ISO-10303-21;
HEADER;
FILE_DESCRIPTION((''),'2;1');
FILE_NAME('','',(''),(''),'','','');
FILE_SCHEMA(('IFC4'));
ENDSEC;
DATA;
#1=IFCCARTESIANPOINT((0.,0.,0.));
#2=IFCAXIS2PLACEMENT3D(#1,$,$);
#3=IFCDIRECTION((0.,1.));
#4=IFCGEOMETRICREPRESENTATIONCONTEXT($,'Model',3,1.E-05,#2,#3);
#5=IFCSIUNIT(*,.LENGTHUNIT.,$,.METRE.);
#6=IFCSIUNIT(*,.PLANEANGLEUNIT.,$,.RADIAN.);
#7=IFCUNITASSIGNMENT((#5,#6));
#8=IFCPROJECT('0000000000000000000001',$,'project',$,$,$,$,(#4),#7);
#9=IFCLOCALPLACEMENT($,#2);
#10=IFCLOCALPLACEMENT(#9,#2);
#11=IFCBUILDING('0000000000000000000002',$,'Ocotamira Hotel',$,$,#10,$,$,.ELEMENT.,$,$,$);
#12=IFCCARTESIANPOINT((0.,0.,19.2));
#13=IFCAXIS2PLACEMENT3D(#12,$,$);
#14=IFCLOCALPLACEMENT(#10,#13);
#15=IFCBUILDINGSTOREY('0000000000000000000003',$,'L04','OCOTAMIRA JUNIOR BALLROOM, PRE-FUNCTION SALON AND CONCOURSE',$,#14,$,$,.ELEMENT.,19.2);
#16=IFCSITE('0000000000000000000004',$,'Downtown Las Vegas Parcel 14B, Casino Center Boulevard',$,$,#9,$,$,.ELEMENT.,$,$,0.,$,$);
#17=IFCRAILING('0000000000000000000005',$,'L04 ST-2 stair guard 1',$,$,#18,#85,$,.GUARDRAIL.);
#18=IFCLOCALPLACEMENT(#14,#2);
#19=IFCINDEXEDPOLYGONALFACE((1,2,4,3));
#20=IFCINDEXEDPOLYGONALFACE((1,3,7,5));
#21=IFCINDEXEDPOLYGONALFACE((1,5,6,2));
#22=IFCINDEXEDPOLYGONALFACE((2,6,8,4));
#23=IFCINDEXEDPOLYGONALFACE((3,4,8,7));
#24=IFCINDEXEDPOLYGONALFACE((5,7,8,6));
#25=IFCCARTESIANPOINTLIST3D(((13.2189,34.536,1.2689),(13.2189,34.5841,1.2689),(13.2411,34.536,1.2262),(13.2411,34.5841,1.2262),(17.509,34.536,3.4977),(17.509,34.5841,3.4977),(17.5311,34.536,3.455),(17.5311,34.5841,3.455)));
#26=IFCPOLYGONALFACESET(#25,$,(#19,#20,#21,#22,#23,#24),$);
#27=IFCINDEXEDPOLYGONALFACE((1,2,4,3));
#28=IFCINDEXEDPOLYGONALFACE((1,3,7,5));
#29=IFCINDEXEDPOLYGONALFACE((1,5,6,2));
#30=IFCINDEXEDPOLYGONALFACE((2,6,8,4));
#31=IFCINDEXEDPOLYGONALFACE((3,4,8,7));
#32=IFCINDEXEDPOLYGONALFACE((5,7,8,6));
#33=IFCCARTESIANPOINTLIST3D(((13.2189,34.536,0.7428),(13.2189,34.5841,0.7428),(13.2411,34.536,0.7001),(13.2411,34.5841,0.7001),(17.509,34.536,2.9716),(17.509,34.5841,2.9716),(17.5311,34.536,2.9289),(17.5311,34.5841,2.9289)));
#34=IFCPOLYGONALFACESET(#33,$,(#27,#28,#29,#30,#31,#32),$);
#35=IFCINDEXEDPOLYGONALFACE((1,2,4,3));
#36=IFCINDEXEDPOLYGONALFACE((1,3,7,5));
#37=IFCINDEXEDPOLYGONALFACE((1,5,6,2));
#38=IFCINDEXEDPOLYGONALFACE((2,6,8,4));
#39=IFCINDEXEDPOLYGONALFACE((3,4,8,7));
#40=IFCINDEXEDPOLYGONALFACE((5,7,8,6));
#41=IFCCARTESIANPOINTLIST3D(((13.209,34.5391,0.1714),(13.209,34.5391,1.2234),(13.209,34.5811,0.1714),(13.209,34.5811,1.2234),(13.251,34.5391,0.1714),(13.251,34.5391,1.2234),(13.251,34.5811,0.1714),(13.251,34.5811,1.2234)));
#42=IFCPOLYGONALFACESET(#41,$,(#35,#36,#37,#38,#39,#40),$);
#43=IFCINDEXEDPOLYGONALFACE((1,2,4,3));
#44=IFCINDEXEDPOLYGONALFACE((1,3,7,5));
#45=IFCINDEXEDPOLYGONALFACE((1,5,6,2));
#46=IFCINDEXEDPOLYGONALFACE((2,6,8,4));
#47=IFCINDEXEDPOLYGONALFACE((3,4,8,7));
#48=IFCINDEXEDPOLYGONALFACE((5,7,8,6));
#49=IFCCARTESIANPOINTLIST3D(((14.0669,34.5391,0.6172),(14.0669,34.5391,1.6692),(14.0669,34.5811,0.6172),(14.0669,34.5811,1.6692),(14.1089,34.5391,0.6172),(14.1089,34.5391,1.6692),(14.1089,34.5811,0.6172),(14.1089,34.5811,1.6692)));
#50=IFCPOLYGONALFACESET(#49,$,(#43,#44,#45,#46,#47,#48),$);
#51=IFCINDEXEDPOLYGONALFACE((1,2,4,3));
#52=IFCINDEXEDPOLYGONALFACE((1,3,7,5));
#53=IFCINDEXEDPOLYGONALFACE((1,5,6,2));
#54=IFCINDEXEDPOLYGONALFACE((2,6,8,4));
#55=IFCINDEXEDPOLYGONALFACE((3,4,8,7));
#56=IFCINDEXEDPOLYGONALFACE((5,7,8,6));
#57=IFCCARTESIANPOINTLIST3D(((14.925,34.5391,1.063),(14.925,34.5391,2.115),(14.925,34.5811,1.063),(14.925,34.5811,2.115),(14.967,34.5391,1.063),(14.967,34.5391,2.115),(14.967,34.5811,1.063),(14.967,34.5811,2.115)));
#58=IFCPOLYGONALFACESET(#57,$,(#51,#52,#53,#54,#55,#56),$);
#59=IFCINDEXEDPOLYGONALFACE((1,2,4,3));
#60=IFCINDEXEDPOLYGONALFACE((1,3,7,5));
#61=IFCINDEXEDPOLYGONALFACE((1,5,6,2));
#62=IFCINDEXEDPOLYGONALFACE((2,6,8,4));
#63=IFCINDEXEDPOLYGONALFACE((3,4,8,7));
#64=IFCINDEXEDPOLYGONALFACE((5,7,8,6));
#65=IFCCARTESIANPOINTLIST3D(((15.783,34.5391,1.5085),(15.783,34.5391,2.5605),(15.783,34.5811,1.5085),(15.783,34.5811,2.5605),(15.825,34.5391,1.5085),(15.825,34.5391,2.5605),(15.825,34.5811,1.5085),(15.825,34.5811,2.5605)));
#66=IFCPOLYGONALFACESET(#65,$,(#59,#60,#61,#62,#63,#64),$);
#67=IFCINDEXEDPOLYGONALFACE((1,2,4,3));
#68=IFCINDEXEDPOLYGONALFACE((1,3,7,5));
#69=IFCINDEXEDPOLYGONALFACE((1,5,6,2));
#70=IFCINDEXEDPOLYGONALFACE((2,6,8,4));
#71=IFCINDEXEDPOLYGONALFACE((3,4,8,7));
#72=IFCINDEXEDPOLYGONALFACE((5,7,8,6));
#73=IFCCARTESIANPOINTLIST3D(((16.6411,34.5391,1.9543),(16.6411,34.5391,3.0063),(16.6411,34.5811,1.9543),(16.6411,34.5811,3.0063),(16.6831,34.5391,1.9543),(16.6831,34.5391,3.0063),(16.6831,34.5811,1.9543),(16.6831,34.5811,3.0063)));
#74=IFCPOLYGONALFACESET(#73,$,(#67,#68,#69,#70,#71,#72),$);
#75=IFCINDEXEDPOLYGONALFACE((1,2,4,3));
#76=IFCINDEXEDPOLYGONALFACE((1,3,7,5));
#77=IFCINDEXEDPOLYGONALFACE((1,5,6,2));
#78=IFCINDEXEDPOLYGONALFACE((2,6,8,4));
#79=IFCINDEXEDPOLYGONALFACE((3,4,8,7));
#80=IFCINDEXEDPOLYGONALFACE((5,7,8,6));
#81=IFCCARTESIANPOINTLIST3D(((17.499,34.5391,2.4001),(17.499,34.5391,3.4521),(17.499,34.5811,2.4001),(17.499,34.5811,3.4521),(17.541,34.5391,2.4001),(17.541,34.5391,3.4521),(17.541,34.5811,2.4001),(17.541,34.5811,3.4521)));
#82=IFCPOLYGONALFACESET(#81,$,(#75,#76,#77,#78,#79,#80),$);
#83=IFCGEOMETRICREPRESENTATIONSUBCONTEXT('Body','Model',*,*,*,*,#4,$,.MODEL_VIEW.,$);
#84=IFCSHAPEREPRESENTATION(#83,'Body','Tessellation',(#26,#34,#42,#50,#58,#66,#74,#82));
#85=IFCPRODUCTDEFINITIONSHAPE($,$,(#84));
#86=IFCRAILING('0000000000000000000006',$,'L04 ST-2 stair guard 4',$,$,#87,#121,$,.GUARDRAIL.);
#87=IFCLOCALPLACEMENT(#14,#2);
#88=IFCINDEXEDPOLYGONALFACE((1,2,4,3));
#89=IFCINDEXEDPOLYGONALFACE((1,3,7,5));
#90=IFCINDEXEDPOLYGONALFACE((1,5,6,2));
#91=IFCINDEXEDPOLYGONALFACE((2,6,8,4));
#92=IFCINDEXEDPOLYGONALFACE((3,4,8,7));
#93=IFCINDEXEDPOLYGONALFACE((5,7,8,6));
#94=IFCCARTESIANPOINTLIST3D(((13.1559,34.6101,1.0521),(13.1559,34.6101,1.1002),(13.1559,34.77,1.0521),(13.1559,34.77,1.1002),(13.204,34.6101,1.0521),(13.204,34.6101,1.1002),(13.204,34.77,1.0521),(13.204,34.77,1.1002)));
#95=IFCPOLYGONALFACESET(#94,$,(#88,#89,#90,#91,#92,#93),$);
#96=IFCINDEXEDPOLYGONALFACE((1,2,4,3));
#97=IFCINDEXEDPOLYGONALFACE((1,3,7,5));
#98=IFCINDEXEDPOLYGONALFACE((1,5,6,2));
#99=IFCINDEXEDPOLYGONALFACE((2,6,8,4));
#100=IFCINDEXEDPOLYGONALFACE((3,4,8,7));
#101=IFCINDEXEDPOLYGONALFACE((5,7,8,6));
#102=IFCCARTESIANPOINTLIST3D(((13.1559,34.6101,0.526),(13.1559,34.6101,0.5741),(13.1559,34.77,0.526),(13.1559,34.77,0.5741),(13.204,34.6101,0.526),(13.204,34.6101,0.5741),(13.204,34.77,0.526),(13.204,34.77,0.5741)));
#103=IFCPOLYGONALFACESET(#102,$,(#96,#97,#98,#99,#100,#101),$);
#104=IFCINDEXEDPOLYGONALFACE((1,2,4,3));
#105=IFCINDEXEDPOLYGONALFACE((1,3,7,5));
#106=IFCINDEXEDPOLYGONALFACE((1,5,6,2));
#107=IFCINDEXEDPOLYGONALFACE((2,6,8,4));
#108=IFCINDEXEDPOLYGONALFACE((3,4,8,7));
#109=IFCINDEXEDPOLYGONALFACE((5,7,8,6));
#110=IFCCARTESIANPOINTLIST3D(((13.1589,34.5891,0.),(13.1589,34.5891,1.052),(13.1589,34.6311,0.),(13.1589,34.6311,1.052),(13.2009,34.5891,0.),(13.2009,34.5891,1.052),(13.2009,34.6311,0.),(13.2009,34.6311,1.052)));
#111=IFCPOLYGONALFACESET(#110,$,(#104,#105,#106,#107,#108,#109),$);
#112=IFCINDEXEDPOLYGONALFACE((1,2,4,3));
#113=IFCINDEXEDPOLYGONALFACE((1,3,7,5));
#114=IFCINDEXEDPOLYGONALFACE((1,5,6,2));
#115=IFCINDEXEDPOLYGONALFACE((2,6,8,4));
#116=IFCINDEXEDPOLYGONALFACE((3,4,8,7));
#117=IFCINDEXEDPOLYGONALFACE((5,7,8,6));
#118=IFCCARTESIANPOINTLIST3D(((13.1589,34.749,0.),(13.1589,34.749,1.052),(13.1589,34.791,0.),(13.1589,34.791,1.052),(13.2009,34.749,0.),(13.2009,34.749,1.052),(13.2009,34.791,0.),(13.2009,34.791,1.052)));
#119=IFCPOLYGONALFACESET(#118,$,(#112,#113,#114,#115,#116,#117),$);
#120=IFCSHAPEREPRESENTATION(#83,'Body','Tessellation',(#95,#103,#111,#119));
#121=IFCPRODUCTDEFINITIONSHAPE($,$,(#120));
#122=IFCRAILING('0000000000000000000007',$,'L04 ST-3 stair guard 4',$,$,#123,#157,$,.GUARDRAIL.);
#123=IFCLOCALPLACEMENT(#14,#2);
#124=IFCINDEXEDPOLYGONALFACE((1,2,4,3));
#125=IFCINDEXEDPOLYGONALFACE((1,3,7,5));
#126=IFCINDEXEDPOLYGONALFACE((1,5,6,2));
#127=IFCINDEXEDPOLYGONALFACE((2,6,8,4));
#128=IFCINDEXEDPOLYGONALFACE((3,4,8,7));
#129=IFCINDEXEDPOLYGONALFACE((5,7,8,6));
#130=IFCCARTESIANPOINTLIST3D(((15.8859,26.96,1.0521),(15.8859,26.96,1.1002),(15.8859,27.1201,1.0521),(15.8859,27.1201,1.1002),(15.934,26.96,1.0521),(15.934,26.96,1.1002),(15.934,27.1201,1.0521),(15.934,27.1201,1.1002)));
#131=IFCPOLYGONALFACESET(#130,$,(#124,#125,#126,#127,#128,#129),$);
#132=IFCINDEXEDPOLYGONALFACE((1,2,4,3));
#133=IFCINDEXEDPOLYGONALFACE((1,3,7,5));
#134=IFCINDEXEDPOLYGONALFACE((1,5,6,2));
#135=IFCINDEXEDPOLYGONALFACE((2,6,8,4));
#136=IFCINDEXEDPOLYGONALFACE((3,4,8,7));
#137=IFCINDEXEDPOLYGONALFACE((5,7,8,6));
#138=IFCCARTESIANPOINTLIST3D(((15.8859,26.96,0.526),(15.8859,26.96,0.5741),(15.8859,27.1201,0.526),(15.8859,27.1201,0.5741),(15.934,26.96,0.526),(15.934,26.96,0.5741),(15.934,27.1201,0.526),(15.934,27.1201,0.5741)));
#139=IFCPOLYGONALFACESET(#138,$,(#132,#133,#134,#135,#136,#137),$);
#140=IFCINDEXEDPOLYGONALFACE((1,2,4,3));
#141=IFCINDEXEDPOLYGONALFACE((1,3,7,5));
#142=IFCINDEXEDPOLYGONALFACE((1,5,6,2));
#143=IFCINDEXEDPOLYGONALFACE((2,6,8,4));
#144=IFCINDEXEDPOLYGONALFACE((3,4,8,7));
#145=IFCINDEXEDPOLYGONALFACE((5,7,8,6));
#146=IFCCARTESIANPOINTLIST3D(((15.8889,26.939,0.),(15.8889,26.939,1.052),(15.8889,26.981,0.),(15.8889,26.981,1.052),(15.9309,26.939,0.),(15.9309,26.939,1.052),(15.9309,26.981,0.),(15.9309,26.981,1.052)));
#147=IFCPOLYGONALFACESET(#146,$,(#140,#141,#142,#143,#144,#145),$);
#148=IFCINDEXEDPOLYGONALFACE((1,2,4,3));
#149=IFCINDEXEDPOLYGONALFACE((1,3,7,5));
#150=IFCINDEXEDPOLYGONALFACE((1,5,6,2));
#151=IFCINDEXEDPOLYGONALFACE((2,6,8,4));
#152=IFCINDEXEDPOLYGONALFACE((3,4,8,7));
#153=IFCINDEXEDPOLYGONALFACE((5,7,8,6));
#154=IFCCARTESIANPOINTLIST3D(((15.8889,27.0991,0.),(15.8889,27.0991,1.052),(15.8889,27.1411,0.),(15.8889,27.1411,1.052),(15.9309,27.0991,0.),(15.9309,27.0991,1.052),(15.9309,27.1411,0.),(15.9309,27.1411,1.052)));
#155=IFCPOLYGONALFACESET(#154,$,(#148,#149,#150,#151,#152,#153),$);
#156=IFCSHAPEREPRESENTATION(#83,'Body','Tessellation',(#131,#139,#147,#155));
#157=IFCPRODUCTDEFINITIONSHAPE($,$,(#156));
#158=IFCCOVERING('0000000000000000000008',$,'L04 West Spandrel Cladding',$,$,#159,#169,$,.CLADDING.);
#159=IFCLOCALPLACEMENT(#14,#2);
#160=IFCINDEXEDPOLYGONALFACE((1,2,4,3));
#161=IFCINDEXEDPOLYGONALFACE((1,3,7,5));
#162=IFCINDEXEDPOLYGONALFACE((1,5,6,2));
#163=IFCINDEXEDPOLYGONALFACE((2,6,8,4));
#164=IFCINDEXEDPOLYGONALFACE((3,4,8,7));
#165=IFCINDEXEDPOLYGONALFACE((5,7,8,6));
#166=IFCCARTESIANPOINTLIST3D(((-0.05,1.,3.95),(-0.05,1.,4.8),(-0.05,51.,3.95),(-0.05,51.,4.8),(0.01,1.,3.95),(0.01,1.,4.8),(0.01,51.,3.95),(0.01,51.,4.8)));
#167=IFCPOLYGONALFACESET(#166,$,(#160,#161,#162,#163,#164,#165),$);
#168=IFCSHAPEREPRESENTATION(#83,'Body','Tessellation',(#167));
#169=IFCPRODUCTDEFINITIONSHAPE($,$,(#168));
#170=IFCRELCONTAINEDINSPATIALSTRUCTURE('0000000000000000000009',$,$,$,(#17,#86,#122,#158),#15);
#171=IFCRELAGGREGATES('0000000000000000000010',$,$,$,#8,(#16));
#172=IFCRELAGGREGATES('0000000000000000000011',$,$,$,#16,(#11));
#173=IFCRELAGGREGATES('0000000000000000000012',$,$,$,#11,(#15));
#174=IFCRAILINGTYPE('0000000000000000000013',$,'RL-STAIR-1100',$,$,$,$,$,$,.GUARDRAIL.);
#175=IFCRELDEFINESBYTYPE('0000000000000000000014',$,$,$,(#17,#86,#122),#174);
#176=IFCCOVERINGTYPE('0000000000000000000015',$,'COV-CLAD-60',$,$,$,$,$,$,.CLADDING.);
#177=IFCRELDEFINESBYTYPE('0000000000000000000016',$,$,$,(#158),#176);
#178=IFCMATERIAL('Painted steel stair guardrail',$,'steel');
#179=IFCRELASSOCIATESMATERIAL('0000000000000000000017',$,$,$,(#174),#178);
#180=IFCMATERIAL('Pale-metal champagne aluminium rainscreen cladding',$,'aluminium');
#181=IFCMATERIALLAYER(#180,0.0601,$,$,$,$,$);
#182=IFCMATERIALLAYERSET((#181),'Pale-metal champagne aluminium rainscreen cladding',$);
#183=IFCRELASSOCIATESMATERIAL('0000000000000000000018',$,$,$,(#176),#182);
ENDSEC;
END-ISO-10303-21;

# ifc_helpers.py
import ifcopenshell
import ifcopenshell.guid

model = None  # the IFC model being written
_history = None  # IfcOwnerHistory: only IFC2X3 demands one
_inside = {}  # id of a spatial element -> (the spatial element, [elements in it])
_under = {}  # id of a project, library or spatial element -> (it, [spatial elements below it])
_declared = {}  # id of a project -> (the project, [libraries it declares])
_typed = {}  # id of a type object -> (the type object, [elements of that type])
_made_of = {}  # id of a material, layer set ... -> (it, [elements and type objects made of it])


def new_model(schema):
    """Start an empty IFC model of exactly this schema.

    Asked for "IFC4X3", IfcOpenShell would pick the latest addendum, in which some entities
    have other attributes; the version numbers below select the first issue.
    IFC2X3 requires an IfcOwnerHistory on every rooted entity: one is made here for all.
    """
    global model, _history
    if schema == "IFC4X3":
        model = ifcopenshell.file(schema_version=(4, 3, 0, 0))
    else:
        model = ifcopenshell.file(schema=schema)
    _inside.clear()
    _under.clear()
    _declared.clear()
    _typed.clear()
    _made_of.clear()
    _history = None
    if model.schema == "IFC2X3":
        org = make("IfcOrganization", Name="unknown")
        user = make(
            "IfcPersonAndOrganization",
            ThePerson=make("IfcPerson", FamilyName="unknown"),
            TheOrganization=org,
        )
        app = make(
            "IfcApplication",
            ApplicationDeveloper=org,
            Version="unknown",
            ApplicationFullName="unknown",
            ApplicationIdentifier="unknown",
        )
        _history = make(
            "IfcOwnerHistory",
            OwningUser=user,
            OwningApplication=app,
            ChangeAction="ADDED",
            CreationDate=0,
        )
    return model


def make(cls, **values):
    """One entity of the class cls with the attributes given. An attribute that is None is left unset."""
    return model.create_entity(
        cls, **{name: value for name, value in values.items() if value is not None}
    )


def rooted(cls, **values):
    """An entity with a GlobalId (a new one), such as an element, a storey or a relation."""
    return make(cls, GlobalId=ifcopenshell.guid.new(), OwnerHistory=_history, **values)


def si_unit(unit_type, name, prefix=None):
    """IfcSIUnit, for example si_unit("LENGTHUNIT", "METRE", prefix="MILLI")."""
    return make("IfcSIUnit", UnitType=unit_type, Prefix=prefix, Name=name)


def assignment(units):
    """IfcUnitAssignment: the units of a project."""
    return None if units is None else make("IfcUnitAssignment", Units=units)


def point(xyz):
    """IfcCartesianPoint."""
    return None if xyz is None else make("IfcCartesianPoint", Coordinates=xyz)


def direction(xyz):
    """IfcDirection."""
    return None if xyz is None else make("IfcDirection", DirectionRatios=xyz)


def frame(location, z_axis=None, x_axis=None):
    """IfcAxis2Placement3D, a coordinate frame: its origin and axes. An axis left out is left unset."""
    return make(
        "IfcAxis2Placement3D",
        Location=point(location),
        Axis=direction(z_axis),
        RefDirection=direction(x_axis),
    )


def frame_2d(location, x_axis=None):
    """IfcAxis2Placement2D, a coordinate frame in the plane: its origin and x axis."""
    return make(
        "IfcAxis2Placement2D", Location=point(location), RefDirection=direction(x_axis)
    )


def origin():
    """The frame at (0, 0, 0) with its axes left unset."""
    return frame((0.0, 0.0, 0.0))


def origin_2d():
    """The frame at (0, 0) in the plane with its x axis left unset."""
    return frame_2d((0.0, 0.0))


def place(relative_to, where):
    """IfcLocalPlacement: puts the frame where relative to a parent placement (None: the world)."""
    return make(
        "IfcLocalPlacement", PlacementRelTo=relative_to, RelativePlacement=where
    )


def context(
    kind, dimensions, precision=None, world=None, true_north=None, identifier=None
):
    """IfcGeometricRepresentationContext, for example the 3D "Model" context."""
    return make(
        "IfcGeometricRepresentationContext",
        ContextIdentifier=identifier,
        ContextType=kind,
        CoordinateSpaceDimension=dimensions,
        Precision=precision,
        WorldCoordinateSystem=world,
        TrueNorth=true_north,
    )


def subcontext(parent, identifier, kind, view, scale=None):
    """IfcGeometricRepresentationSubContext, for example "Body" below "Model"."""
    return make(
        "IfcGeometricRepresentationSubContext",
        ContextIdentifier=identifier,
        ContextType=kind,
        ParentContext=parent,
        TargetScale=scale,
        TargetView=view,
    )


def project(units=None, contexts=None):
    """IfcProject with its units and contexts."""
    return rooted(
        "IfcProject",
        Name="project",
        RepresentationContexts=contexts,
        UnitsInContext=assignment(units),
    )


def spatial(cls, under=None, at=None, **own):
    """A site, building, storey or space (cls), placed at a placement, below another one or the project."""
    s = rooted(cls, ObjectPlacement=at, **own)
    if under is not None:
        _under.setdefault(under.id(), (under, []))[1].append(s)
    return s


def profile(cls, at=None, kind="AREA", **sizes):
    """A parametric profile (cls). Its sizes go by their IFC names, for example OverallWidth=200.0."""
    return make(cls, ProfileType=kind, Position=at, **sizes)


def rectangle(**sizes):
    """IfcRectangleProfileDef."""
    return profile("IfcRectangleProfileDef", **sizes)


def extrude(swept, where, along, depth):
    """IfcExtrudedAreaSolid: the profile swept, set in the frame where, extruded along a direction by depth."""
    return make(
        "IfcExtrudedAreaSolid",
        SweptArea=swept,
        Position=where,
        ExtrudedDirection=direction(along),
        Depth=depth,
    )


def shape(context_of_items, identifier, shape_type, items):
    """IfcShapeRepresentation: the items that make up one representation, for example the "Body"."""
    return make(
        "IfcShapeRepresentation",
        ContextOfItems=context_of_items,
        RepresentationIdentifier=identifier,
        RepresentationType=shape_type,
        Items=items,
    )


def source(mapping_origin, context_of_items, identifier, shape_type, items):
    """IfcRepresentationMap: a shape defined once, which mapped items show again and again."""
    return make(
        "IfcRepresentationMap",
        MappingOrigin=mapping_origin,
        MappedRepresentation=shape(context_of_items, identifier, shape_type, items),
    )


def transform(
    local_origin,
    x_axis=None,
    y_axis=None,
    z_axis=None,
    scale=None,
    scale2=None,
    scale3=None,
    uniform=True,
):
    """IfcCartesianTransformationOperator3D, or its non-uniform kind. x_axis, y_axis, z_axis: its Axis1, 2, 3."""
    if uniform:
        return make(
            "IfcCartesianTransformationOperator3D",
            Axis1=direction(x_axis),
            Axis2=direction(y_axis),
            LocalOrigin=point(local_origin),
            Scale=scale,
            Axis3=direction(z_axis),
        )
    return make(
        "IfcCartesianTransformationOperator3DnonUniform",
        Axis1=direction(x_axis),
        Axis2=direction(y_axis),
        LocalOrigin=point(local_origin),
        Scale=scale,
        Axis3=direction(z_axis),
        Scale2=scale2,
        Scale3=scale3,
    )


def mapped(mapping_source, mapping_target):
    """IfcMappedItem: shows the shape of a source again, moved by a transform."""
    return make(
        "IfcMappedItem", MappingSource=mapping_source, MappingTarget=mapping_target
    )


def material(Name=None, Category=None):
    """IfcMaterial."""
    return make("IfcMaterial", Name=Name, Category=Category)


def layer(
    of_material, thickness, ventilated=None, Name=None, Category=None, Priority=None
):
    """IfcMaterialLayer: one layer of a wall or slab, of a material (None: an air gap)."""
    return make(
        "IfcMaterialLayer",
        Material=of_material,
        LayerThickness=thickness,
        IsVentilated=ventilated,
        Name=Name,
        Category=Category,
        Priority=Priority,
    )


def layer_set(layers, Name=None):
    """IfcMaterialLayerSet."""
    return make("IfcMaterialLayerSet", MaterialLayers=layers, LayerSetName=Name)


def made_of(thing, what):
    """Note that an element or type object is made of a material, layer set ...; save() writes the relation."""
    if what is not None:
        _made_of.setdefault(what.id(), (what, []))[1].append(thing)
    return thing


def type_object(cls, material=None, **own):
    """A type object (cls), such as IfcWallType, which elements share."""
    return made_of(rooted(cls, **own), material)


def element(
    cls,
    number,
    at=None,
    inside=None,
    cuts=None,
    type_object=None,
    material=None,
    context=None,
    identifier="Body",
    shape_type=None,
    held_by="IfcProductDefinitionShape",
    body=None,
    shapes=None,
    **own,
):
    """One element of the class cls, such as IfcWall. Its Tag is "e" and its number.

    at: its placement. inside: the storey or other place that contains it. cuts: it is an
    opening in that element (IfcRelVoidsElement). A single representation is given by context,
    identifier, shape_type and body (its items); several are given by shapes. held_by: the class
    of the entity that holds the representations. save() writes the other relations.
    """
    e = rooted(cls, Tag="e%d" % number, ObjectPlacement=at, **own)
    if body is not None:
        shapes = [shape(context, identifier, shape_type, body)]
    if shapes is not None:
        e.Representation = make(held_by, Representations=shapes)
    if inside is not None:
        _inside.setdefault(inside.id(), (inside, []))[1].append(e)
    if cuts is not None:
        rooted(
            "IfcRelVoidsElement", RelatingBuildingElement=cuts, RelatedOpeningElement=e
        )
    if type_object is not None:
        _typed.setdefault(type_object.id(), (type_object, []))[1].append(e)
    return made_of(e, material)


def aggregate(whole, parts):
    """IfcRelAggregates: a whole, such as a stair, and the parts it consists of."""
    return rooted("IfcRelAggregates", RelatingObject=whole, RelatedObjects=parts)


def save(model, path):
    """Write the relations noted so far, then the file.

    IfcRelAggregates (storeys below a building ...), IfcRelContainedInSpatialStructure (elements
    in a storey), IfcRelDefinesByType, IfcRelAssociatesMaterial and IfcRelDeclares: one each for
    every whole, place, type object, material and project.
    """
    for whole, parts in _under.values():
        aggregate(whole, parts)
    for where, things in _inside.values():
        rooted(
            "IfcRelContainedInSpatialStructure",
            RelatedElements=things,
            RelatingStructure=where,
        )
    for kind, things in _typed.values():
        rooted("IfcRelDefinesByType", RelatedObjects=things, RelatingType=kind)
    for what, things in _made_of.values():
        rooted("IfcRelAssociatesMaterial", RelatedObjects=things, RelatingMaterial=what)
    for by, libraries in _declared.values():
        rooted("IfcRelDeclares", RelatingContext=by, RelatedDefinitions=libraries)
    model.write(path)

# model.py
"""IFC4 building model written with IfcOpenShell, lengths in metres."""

from ifc_helpers import new_model, si_unit, direction, frame, origin, origin_2d, place, context, subcontext, project, spatial, rectangle, extrude, source, transform, mapped, material, layer, layer_set, type_object, element, save


model = new_model("IFC4")

# Units and contexts
model_context = context("Model", 3, precision=1e-05, world=origin(), true_north=direction((0.0, 1.0)))
body_context = subcontext(model_context, "Body", "Model", "MODEL_VIEW")
ifc_project = project(units=[si_unit("LENGTHUNIT", "METRE"), si_unit("PLANEANGLEUNIT", "RADIAN")], contexts=[model_context])

# Site, building, storey
site_placement = place(None, origin())
site = spatial("IfcSite", under=ifc_project, at=site_placement, Name="Downtown Las Vegas Parcel 14B, Casino Center Boulevard", CompositionType="ELEMENT", RefElevation=0.0)
building_placement = place(site_placement, origin())
building = spatial("IfcBuilding", under=site, at=building_placement, Name="Ocotamira Hotel", CompositionType="ELEMENT")
storey_placement = place(building_placement, frame((0.0, 0.0, 19.2)))
storey = spatial("IfcBuildingStorey", under=building, at=storey_placement, Name="L04", Description="OCOTAMIRA JUNIOR BALLROOM, PRE-FUNCTION SALON AND CONCOURSE", CompositionType="ELEMENT", Elevation=19.2)

# Railings
ifc_material_1 = material(Name="Painted steel stair guardrail", Category="steel")
railing_type_1 = type_object("IfcRailingType", Name="RL-STAIR-1100", PredefinedType="GUARDRAIL", material=ifc_material_1)
railing_1_placement = place(storey_placement, frame((13.23, 34.5601, 0.1714)))
element("IfcRailing", 1, at=railing_1_placement, inside=storey, type_object=railing_type_1, Name="L04 ST-2 stair guard 1", PredefinedType="GUARDRAIL", context=body_context, shape_type="SweptSolid", body=[
    extrude(rectangle(XDim=0.0481, YDim=0.0481, at=origin_2d()), frame((0.0, 0.0, 1.0762), z_axis=(0.887391, 0.0, 0.461017), x_axis=(0.0, 1.0, 0.0)), (0.0, 0.0, 1.0), 4.8345),
    extrude(rectangle(XDim=0.0481, YDim=0.0481, at=origin_2d()), frame((0.0, 0.0, 0.55), z_axis=(0.887391, 0.0, 0.461017), x_axis=(0.0, 1.0, 0.0)), (0.0, 0.0, 1.0), 4.8345),
    extrude(rectangle(XDim=0.042, YDim=0.042, at=origin_2d()), origin(), (0.0, 0.0, 1.0), 1.052),
    extrude(rectangle(XDim=0.042, YDim=0.042, at=origin_2d()), frame((0.8579, 0.0, 0.4458)), (0.0, 0.0, 1.0), 1.052),
    extrude(rectangle(XDim=0.042, YDim=0.042, at=origin_2d()), frame((1.7161, 0.0, 0.8916)), (0.0, 0.0, 1.0), 1.052),
    extrude(rectangle(XDim=0.042, YDim=0.042, at=origin_2d()), frame((2.574, 0.0, 1.3372)), (0.0, 0.0, 1.0), 1.052),
    extrude(rectangle(XDim=0.042, YDim=0.042, at=origin_2d()), frame((3.4321, 0.0, 1.783)), (0.0, 0.0, 1.0), 1.052),
    extrude(rectangle(XDim=0.042, YDim=0.042, at=origin_2d()), frame((4.29, 0.0, 2.2288)), (0.0, 0.0, 1.0), 1.052),
])
railing_2_placement = place(storey_placement, frame((13.1799, 34.6101, 0.0)))
element("IfcRailing", 2, at=railing_2_placement, inside=storey, type_object=railing_type_1, Name="L04 ST-2 stair guard 4", PredefinedType="GUARDRAIL", context=body_context, shape_type="SweptSolid", body=[
    extrude(rectangle(XDim=0.0481, YDim=0.0481, at=origin_2d()), frame((0.0, 0.0, 1.0762), z_axis=(0.0, 1.0, 0.0), x_axis=(-1.0, 0.0, 0.0)), (0.0, 0.0, 1.0), 0.1599),
    extrude(rectangle(XDim=0.0481, YDim=0.0481, at=origin_2d()), frame((0.0, 0.0, 0.55), z_axis=(0.0, 1.0, 0.0), x_axis=(-1.0, 0.0, 0.0)), (0.0, 0.0, 1.0), 0.1599),
    extrude(rectangle(XDim=0.042, YDim=0.042, at=origin_2d()), origin(), (0.0, 0.0, 1.0), 1.052),
    extrude(rectangle(XDim=0.042, YDim=0.042, at=origin_2d()), frame((0.0, 0.1599, 0.0)), (0.0, 0.0, 1.0), 1.052),
])
railing_3_placement = place(storey_placement, frame((15.9099, 26.96, 0.0)))
element("IfcRailing", 3, at=railing_3_placement, inside=storey, type_object=railing_type_1, Name="L04 ST-3 stair guard 4", PredefinedType="GUARDRAIL", context=body_context, shape_type="SweptSolid", body=[
    extrude(rectangle(XDim=0.0481, YDim=0.0481, at=origin_2d()), frame((0.0, 0.0, 1.0762), z_axis=(0.0, 1.0, 0.0), x_axis=(-1.0, 0.0, 0.0)), (0.0, 0.0, 1.0), 0.1602),
    extrude(rectangle(XDim=0.0481, YDim=0.0481, at=origin_2d()), frame((0.0, 0.0, 0.55), z_axis=(0.0, 1.0, 0.0), x_axis=(-1.0, 0.0, 0.0)), (0.0, 0.0, 1.0), 0.1602),
    extrude(rectangle(XDim=0.042, YDim=0.042, at=origin_2d()), origin(), (0.0, 0.0, 1.0), 1.052),
    extrude(rectangle(XDim=0.042, YDim=0.042, at=origin_2d()), frame((0.0, 0.1602, 0.0)), (0.0, 0.0, 1.0), 1.052),
])

# Covering
ifc_material_2 = material(Name="Pale-metal champagne aluminium rainscreen cladding", Category="aluminium")
ifc_layer_1 = layer(ifc_material_2, 0.0601)
ifc_layer_set_1 = layer_set([ifc_layer_1], Name="Pale-metal champagne aluminium rainscreen cladding")
covering_type = type_object("IfcCoveringType", Name="COV-CLAD-60", PredefinedType="CLADDING", material=ifc_layer_set_1)
shared_shape_1 = source(origin(), body_context, "Body", "SweptSolid", [
    extrude(rectangle(XDim=0.0601, YDim=50.0, at=origin_2d()), origin(), (0.0, 0.0, 1.0), 0.8501),
])
covering_placement = place(storey_placement, frame((-0.02, 26.0, 3.95), z_axis=(0.0, 0.0, 1.0), x_axis=(1.0, 0.0, 0.0)))
element("IfcCovering", 4, at=covering_placement, inside=storey, type_object=covering_type, Name="L04 West Spandrel Cladding", PredefinedType="CLADDING", context=body_context, shape_type="MappedRepresentation", body=[
    mapped(shared_shape_1, transform((0.0, 0.0, 0.0), scale=1.0)),
])

save(model, "model.ifc")
